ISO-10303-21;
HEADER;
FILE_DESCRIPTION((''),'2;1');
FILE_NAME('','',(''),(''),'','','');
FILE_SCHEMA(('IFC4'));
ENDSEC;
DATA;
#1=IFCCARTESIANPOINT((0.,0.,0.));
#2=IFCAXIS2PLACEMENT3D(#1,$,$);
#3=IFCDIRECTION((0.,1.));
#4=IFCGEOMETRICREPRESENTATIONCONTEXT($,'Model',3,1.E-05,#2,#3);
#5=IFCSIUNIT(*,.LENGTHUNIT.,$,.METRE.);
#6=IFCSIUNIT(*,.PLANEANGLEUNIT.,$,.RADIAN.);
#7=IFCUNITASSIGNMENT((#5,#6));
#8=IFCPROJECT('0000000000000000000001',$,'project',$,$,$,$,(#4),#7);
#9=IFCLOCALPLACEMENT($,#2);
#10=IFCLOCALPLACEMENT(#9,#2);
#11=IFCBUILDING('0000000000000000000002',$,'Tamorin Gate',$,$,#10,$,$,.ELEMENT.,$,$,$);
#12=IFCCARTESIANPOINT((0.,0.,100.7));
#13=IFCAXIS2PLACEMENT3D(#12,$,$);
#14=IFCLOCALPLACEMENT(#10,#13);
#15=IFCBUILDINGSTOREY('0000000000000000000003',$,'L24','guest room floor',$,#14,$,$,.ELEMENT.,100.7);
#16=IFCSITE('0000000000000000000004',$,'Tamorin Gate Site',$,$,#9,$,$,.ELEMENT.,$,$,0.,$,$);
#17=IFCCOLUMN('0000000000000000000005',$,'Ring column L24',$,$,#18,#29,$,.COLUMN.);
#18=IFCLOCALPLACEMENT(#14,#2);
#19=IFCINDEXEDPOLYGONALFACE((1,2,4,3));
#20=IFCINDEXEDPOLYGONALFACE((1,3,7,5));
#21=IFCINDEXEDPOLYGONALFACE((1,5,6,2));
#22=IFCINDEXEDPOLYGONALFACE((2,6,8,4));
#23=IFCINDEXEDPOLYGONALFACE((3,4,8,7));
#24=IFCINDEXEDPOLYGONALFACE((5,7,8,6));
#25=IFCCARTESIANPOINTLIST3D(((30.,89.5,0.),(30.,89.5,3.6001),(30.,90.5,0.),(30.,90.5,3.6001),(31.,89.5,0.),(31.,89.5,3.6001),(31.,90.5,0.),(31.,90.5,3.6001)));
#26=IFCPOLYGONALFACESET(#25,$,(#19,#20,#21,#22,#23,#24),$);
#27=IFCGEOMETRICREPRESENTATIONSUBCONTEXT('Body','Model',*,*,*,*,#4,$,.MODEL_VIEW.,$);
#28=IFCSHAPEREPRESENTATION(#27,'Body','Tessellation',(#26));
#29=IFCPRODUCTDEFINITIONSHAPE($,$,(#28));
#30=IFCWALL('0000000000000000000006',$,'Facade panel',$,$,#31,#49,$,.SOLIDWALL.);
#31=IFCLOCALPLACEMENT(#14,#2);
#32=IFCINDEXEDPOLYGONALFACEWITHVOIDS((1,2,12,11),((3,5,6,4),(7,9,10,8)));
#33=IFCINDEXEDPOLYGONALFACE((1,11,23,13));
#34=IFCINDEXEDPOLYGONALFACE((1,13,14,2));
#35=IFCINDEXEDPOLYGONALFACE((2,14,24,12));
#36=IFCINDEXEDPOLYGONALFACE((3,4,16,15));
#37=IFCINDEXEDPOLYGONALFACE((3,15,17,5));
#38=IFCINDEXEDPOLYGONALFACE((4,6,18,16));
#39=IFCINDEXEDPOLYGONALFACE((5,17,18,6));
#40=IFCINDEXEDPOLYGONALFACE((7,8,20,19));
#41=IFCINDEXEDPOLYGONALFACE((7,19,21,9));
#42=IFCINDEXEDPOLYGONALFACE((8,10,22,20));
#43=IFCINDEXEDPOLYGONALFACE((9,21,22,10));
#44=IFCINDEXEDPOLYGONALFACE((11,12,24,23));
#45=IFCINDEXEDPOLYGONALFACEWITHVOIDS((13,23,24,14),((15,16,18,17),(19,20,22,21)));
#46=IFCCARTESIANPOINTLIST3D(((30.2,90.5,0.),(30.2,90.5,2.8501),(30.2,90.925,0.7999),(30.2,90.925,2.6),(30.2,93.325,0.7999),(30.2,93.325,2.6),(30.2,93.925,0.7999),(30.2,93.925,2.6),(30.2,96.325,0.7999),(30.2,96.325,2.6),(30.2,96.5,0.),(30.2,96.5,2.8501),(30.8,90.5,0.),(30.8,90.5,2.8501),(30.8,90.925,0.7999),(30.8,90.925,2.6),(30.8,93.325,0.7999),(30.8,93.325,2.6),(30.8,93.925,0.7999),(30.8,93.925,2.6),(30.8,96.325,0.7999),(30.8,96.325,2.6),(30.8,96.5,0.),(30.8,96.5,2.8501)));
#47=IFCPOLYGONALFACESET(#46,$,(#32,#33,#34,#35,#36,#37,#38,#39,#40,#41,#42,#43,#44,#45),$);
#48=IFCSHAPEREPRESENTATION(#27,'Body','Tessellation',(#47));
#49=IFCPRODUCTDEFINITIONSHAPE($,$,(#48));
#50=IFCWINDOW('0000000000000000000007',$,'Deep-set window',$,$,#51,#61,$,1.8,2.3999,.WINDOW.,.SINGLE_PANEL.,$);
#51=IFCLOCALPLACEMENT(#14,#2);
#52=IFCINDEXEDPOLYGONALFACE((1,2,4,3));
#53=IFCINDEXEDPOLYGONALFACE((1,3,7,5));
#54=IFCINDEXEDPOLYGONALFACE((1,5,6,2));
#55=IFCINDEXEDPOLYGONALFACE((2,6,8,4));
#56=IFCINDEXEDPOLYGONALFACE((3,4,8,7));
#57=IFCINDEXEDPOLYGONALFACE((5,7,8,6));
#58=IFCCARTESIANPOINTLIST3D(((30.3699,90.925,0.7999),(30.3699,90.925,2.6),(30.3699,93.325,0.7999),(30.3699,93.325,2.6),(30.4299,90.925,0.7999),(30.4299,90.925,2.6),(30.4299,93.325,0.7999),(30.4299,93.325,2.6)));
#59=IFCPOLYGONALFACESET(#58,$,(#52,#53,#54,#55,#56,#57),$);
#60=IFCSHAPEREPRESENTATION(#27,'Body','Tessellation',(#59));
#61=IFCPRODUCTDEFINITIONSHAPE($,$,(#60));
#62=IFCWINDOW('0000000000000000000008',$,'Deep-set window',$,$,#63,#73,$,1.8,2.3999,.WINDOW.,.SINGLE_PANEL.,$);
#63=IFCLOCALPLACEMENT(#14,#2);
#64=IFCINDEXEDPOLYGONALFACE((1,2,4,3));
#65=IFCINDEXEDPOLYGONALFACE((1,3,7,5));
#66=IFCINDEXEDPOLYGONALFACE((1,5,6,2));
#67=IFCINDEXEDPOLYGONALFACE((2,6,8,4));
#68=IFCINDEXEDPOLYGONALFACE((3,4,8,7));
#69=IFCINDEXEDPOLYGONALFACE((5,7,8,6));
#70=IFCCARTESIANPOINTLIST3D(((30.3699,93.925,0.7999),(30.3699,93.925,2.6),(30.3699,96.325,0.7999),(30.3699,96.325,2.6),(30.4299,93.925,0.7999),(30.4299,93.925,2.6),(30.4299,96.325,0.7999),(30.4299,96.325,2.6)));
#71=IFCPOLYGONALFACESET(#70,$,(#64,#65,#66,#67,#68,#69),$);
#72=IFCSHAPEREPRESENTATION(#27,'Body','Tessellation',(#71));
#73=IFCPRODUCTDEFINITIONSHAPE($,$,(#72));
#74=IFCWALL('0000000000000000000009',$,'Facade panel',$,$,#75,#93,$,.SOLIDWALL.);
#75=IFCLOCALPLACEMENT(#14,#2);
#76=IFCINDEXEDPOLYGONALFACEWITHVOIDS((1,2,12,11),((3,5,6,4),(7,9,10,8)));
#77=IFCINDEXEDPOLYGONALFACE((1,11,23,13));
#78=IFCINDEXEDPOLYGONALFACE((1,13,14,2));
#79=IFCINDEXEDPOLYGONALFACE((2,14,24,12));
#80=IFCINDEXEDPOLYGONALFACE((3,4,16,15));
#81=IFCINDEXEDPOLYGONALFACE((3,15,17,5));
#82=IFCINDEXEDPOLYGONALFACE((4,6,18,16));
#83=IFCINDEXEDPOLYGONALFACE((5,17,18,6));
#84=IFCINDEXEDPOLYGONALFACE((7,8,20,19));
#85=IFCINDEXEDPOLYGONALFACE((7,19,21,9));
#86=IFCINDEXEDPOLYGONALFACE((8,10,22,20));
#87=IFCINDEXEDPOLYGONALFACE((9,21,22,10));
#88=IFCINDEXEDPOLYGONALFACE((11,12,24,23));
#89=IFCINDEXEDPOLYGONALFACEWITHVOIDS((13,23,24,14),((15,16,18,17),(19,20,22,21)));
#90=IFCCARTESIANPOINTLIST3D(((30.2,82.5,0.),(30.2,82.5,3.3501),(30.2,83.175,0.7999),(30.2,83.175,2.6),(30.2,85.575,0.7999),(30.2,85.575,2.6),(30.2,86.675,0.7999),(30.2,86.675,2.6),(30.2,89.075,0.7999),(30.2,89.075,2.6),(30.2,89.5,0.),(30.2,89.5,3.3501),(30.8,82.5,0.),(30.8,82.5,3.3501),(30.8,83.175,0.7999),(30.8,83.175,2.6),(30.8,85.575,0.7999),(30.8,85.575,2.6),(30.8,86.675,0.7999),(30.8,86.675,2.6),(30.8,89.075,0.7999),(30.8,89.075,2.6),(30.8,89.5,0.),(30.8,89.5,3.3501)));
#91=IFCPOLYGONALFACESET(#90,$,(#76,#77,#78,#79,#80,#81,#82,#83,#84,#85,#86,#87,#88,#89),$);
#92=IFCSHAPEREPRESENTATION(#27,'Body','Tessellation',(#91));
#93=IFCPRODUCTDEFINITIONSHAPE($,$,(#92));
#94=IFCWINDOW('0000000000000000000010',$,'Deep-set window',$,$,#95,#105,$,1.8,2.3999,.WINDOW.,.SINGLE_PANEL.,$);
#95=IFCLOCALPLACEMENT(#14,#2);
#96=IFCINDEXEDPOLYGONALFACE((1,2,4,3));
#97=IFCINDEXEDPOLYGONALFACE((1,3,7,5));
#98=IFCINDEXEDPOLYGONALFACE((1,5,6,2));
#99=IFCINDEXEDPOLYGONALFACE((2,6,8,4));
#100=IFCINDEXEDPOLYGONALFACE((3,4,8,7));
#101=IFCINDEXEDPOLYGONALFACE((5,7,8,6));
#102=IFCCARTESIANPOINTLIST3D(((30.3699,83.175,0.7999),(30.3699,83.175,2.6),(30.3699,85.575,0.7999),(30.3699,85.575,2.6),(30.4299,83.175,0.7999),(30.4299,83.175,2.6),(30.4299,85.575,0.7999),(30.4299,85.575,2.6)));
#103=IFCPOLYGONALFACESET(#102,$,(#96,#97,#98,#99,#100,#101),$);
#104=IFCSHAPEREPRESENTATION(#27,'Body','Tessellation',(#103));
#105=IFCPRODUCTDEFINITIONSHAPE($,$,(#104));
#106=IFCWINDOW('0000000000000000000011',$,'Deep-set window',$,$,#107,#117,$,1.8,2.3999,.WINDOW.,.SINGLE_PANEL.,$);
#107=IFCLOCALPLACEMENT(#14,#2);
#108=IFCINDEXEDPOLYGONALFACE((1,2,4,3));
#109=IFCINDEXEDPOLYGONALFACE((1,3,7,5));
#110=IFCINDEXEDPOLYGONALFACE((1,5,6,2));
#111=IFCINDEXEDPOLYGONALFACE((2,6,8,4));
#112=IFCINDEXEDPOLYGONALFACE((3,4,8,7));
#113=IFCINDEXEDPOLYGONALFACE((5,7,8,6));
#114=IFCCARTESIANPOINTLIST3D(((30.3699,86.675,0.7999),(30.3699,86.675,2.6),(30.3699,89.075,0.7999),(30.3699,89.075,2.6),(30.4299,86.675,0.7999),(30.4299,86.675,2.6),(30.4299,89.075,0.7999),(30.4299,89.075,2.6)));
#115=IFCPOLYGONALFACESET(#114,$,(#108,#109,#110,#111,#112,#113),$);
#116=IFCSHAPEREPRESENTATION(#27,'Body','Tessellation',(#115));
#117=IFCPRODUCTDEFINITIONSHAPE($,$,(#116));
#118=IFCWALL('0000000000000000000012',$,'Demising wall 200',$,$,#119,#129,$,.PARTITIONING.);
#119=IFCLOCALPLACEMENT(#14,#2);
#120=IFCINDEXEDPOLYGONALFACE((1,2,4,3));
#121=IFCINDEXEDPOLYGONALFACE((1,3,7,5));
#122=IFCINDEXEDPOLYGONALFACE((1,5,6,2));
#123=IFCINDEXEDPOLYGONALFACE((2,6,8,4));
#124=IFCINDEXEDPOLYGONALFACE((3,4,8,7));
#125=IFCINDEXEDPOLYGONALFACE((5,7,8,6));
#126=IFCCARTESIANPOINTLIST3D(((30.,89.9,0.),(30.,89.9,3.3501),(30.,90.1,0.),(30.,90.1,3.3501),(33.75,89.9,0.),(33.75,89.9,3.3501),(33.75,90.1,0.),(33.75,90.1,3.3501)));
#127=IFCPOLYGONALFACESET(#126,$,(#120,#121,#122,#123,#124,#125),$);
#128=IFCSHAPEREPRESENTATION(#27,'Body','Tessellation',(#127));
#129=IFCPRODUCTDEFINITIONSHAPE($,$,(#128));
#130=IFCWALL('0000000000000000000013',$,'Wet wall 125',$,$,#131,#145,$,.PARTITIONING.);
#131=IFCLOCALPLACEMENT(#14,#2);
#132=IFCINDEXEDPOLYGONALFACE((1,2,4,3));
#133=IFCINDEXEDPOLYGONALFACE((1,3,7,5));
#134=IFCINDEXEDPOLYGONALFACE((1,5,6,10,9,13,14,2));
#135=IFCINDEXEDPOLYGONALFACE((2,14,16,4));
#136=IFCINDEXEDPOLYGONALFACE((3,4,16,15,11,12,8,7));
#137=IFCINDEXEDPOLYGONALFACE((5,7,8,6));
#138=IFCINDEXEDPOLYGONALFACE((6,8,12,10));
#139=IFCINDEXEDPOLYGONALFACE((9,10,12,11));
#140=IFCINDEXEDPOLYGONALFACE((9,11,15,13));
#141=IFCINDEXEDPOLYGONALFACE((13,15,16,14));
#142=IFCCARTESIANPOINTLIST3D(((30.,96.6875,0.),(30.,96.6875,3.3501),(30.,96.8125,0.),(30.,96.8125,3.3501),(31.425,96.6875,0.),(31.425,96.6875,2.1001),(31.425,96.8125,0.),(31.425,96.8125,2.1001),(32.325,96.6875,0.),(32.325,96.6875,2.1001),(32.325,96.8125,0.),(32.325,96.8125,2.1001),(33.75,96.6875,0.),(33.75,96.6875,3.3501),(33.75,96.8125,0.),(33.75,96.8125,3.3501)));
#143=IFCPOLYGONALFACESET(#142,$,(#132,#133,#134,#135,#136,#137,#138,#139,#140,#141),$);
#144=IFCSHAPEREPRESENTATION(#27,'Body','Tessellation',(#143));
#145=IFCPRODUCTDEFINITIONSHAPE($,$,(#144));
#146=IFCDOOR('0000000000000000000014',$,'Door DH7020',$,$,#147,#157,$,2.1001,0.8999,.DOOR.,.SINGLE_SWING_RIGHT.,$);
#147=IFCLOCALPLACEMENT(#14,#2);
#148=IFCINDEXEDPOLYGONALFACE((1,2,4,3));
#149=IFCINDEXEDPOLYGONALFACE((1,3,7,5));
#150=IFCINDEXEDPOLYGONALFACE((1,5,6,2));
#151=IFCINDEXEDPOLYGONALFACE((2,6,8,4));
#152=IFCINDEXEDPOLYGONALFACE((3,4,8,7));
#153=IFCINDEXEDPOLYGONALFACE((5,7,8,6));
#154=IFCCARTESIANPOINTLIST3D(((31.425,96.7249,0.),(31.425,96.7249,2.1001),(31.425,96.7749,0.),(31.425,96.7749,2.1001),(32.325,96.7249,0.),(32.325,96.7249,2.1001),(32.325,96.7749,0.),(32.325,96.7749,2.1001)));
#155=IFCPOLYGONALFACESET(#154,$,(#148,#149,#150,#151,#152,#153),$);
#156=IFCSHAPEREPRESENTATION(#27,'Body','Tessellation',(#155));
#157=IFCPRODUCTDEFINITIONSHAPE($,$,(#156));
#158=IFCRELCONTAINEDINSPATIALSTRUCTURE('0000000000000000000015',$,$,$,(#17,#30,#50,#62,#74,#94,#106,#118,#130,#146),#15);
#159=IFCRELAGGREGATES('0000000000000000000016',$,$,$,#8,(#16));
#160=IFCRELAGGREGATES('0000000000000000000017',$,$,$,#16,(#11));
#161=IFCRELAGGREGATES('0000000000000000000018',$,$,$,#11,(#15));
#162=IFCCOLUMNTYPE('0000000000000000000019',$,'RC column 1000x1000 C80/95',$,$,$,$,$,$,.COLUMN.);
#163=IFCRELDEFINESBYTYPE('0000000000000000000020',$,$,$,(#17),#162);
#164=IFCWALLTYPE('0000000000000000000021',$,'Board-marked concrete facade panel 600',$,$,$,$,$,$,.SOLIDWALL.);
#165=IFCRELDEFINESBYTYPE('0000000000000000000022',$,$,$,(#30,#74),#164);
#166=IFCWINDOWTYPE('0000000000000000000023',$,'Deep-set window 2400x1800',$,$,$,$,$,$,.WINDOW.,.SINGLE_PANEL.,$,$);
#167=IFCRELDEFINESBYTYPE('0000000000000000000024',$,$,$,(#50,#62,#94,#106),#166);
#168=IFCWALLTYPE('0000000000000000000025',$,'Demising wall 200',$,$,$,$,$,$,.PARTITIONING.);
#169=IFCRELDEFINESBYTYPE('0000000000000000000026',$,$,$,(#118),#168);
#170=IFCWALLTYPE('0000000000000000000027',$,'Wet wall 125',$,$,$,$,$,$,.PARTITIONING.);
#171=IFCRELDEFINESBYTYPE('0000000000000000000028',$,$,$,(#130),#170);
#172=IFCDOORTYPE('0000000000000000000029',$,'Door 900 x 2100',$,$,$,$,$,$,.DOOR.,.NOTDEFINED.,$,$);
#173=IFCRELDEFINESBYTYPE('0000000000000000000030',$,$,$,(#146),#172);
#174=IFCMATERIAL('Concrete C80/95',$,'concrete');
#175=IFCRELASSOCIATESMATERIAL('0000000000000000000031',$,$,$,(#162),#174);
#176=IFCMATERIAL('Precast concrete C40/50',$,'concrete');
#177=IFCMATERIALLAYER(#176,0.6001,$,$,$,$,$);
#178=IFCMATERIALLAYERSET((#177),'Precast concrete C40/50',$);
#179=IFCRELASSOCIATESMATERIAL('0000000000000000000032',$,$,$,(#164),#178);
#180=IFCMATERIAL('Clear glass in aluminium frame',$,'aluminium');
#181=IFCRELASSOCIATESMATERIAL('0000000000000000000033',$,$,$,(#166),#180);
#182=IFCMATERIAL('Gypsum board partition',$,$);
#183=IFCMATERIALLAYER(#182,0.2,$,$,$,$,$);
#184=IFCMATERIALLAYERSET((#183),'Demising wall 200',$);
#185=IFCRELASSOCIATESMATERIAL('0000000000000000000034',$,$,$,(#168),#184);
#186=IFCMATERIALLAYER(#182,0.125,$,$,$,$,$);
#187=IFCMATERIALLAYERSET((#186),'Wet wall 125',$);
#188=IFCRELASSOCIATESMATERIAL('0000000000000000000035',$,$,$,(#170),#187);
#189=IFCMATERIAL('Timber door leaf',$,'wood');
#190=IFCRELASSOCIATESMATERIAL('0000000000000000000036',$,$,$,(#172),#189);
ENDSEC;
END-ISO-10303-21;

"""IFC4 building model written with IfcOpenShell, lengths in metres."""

from ifc_helpers import new_model, si_unit, direction, frame, frame_2d, origin, origin_2d, place, context, subcontext, project, spatial, rectangle, extrude, material, layer, layer_set, material_profile, profile_set, type_object, element, fill, save


model = new_model("IFC4")

# Units and contexts
model_context = context("Model", 3, precision=1e-05, world=origin(), true_north=direction((0.0, 1.0)))
body_context = subcontext(model_context, "Body", "Model", "MODEL_VIEW")
ifc_project = project(units=[si_unit("LENGTHUNIT", "METRE"), si_unit("PLANEANGLEUNIT", "RADIAN")], contexts=[model_context])

# Site, building, storey
site_placement = place(None, origin())
site = spatial("IfcSite", under=ifc_project, at=site_placement, Name="Tamorin Gate Site", CompositionType="ELEMENT", RefElevation=0.0)
building_placement = place(site_placement, origin())
building = spatial("IfcBuilding", under=site, at=building_placement, Name="Tamorin Gate", CompositionType="ELEMENT")
storey_placement = place(building_placement, frame((0.0, 0.0, 100.7)))
storey = spatial("IfcBuildingStorey", under=building, at=storey_placement, Name="L24", Description="guest room floor", CompositionType="ELEMENT", Elevation=100.7)

# Column
ifc_material_1 = material(Name="Concrete C80/95", Category="concrete")
ifc_material_profile = material_profile(ifc_material_1, rectangle(XDim=1.0, YDim=1.0, at=origin_2d()), Name="RC 1000x1000")
ifc_profile_set = profile_set([ifc_material_profile], Name="Concrete C80/95")
column_type = type_object("IfcColumnType", Name="RC column 1000x1000 C80/95", PredefinedType="COLUMN", material=ifc_profile_set)
column_placement = place(storey_placement, frame((30.5, 90.0, 0.0), z_axis=(0.0, 0.0, 1.0), x_axis=(1.0, 0.0, 0.0)))
element("IfcColumn", 1, at=column_placement, inside=storey, type_object=column_type, Name="Ring column L24", PredefinedType="COLUMN", context=body_context, shape_type="SweptSolid", body=[
    extrude(rectangle(XDim=1.0, YDim=1.0, at=origin_2d()), origin(), (0.0, 0.0, 1.0), 3.6001),
])

# Walls, openings, windows
ifc_material_2 = material(Name="Precast concrete C40/50", Category="concrete")
ifc_layer_1 = layer(ifc_material_2, 0.6001)
ifc_layer_set_1 = layer_set([ifc_layer_1], Name="Precast concrete C40/50")
wall_type_1 = type_object("IfcWallType", Name="Board-marked concrete facade panel 600", PredefinedType="SOLIDWALL", material=ifc_layer_set_1)
wall_1_placement = place(storey_placement, frame((30.5, 96.5, 0.0), z_axis=(0.0, 0.0, 1.0), x_axis=(0.0, -1.0, 0.0)))
wall_1 = element("IfcWall", 2, at=wall_1_placement, inside=storey, type_object=wall_type_1, Name="Facade panel", PredefinedType="SOLIDWALL", context=body_context, shape_type="SweptSolid", body=[
    extrude(rectangle(XDim=6.0, YDim=0.6001, at=frame_2d((3.0, 0.0))), origin(), (0.0, 0.0, 1.0), 2.8501),
])
opening_1_placement = place(wall_1_placement, frame((3.175, 0.0, 0.8)))
opening_1 = element("IfcOpeningElement", 3, at=opening_1_placement, cuts=wall_1, PredefinedType="OPENING", context=body_context, shape_type="SweptSolid", body=[
    extrude(rectangle(XDim=2.3999, YDim=1.8, at=frame_2d((1.2, 0.8999))), frame((0.0, 0.3101, 0.0), z_axis=(0.0, -1.0, 0.0), x_axis=(1.0, 0.0, 0.0)), (0.0, 0.0, 1.0), 0.6201),
])
opening_2_placement = place(wall_1_placement, frame((0.175, 0.0, 0.8)))
opening_2 = element("IfcOpeningElement", 4, at=opening_2_placement, cuts=wall_1, PredefinedType="OPENING", context=body_context, shape_type="SweptSolid", body=[
    extrude(rectangle(XDim=2.3999, YDim=1.8, at=frame_2d((1.2, 0.8999))), frame((0.0, 0.3101, 0.0), z_axis=(0.0, -1.0, 0.0), x_axis=(1.0, 0.0, 0.0)), (0.0, 0.0, 1.0), 0.6201),
])
ifc_material_3 = material(Name="Clear glass in aluminium frame", Category="aluminium")
window_type = type_object("IfcWindowType", Name="Deep-set window 2400x1800", PartitioningType="SINGLE_PANEL", PredefinedType="WINDOW", material=ifc_material_3)
window_1_placement = place(opening_1_placement, origin())
window_1 = element("IfcWindow", 5, at=window_1_placement, inside=storey, type_object=window_type, Name="Deep-set window", OverallHeight=1.8, OverallWidth=2.3999, PartitioningType="SINGLE_PANEL", PredefinedType="WINDOW", context=body_context, shape_type="SweptSolid", body=[
    extrude(rectangle(XDim=2.3999, YDim=1.8, at=frame_2d((1.2, 0.8999))), frame((0.0, -0.0701, 0.0), z_axis=(0.0, -1.0, 0.0), x_axis=(1.0, 0.0, 0.0)), (0.0, 0.0, 1.0), 0.0601),
])
fill(opening_1, window_1)
window_2_placement = place(opening_2_placement, origin())
window_2 = element("IfcWindow", 6, at=window_2_placement, inside=storey, type_object=window_type, Name="Deep-set window", OverallHeight=1.8, OverallWidth=2.3999, PartitioningType="SINGLE_PANEL", PredefinedType="WINDOW", context=body_context, shape_type="SweptSolid", body=[
    extrude(rectangle(XDim=2.3999, YDim=1.8, at=frame_2d((1.2, 0.8999))), frame((0.0, -0.0701, 0.0), z_axis=(0.0, -1.0, 0.0), x_axis=(1.0, 0.0, 0.0)), (0.0, 0.0, 1.0), 0.0601),
])
fill(opening_2, window_2)
wall_2_placement = place(storey_placement, frame((30.5, 89.5, 0.0), z_axis=(0.0, 0.0, 1.0), x_axis=(0.0, -1.0, 0.0)))
wall_2 = element("IfcWall", 7, at=wall_2_placement, inside=storey, type_object=wall_type_1, Name="Facade panel", PredefinedType="SOLIDWALL", context=body_context, shape_type="SweptSolid", body=[
    extrude(rectangle(XDim=7.0, YDim=0.6001, at=frame_2d((3.5, 0.0))), origin(), (0.0, 0.0, 1.0), 3.3501),
])
opening_3_placement = place(wall_2_placement, frame((3.925, 0.0, 0.8)))
opening_3 = element("IfcOpeningElement", 8, at=opening_3_placement, cuts=wall_2, PredefinedType="OPENING", context=body_context, shape_type="SweptSolid", body=[
    extrude(rectangle(XDim=2.3999, YDim=1.8, at=frame_2d((1.2, 0.8999))), frame((0.0, 0.3101, 0.0), z_axis=(0.0, -1.0, 0.0), x_axis=(1.0, 0.0, 0.0)), (0.0, 0.0, 1.0), 0.6201),
])
opening_4_placement = place(wall_2_placement, frame((0.425, 0.0, 0.8)))
opening_4 = element("IfcOpeningElement", 9, at=opening_4_placement, cuts=wall_2, PredefinedType="OPENING", context=body_context, shape_type="SweptSolid", body=[
    extrude(rectangle(XDim=2.3999, YDim=1.8, at=frame_2d((1.2, 0.8999))), frame((0.0, 0.3101, 0.0), z_axis=(0.0, -1.0, 0.0), x_axis=(1.0, 0.0, 0.0)), (0.0, 0.0, 1.0), 0.6201),
])
window_3_placement = place(opening_3_placement, origin())
window_3 = element("IfcWindow", 10, at=window_3_placement, inside=storey, type_object=window_type, Name="Deep-set window", OverallHeight=1.8, OverallWidth=2.3999, PartitioningType="SINGLE_PANEL", PredefinedType="WINDOW", context=body_context, shape_type="SweptSolid", body=[
    extrude(rectangle(XDim=2.3999, YDim=1.8, at=frame_2d((1.2, 0.8999))), frame((0.0, -0.0701, 0.0), z_axis=(0.0, -1.0, 0.0), x_axis=(1.0, 0.0, 0.0)), (0.0, 0.0, 1.0), 0.0601),
])
fill(opening_3, window_3)
window_4_placement = place(opening_4_placement, origin())
window_4 = element("IfcWindow", 11, at=window_4_placement, inside=storey, type_object=window_type, Name="Deep-set window", OverallHeight=1.8, OverallWidth=2.3999, PartitioningType="SINGLE_PANEL", PredefinedType="WINDOW", context=body_context, shape_type="SweptSolid", body=[
    extrude(rectangle(XDim=2.3999, YDim=1.8, at=frame_2d((1.2, 0.8999))), frame((0.0, -0.0701, 0.0), z_axis=(0.0, -1.0, 0.0), x_axis=(1.0, 0.0, 0.0)), (0.0, 0.0, 1.0), 0.0601),
])
fill(opening_4, window_4)

# Wall
ifc_material_4 = material(Name="Gypsum board partition")
ifc_layer_2 = layer(ifc_material_4, 0.2)
ifc_layer_set_2 = layer_set([ifc_layer_2], Name="Demising wall 200")
wall_type_2 = type_object("IfcWallType", Name="Demising wall 200", PredefinedType="PARTITIONING", material=ifc_layer_set_2)
wall_3_placement = place(storey_placement, frame((30.0, 90.0, 0.0), z_axis=(0.0, 0.0, 1.0), x_axis=(1.0, 0.0, 0.0)))
element("IfcWall", 12, at=wall_3_placement, inside=storey, type_object=wall_type_2, Name="Demising wall 200", PredefinedType="PARTITIONING", context=body_context, shape_type="SweptSolid", body=[
    extrude(rectangle(XDim=3.75, YDim=0.2, at=frame_2d((1.875, 0.0))), origin(), (0.0, 0.0, 1.0), 3.3501),
])

# Wall, opening, door
ifc_layer_3 = layer(ifc_material_4, 0.125)
ifc_layer_set_3 = layer_set([ifc_layer_3], Name="Wet wall 125")
wall_type_3 = type_object("IfcWallType", Name="Wet wall 125", PredefinedType="PARTITIONING", material=ifc_layer_set_3)
wall_4_placement = place(storey_placement, frame((30.0, 96.75, 0.0), z_axis=(0.0, 0.0, 1.0), x_axis=(1.0, 0.0, 0.0)))
wall_4 = element("IfcWall", 13, at=wall_4_placement, inside=storey, type_object=wall_type_3, Name="Wet wall 125", PredefinedType="PARTITIONING", context=body_context, shape_type="SweptSolid", body=[
    extrude(rectangle(XDim=3.75, YDim=0.125, at=frame_2d((1.875, 0.0))), origin(), (0.0, 0.0, 1.0), 3.3501),
])
opening_5_placement = place(wall_4_placement, frame((1.425, 0.0, 0.0)))
opening_5 = element("IfcOpeningElement", 14, at=opening_5_placement, cuts=wall_4, PredefinedType="OPENING", context=body_context, shape_type="SweptSolid", body=[
    extrude(rectangle(XDim=0.8999, YDim=2.1001, at=frame_2d((0.45, 1.05))), frame((0.0, 0.0725, 0.0), z_axis=(0.0, -1.0, 0.0), x_axis=(1.0, 0.0, 0.0)), (0.0, 0.0, 1.0), 0.145),
])
ifc_material_5 = material(Name="Timber door leaf", Category="wood")
door_type = type_object("IfcDoorType", Name="Door 900 x 2100", OperationType="NOTDEFINED", PredefinedType="DOOR", material=ifc_material_5)
door_placement = place(opening_5_placement, origin())
door = element("IfcDoor", 15, at=door_placement, inside=storey, type_object=door_type, Name="Door DH7020", OperationType="SINGLE_SWING_RIGHT", OverallHeight=2.1001, OverallWidth=0.8999, PredefinedType="DOOR", context=body_context, shape_type="SweptSolid", body=[
    extrude(rectangle(XDim=0.8999, YDim=2.1001, at=frame_2d((0.45, 1.05))), frame((0.0, 0.0249, 0.0), z_axis=(0.0, -1.0, 0.0), x_axis=(1.0, 0.0, 0.0)), (0.0, 0.0, 1.0), 0.05),
])
fill(opening_5, door)

save(model, "model.ifc")
